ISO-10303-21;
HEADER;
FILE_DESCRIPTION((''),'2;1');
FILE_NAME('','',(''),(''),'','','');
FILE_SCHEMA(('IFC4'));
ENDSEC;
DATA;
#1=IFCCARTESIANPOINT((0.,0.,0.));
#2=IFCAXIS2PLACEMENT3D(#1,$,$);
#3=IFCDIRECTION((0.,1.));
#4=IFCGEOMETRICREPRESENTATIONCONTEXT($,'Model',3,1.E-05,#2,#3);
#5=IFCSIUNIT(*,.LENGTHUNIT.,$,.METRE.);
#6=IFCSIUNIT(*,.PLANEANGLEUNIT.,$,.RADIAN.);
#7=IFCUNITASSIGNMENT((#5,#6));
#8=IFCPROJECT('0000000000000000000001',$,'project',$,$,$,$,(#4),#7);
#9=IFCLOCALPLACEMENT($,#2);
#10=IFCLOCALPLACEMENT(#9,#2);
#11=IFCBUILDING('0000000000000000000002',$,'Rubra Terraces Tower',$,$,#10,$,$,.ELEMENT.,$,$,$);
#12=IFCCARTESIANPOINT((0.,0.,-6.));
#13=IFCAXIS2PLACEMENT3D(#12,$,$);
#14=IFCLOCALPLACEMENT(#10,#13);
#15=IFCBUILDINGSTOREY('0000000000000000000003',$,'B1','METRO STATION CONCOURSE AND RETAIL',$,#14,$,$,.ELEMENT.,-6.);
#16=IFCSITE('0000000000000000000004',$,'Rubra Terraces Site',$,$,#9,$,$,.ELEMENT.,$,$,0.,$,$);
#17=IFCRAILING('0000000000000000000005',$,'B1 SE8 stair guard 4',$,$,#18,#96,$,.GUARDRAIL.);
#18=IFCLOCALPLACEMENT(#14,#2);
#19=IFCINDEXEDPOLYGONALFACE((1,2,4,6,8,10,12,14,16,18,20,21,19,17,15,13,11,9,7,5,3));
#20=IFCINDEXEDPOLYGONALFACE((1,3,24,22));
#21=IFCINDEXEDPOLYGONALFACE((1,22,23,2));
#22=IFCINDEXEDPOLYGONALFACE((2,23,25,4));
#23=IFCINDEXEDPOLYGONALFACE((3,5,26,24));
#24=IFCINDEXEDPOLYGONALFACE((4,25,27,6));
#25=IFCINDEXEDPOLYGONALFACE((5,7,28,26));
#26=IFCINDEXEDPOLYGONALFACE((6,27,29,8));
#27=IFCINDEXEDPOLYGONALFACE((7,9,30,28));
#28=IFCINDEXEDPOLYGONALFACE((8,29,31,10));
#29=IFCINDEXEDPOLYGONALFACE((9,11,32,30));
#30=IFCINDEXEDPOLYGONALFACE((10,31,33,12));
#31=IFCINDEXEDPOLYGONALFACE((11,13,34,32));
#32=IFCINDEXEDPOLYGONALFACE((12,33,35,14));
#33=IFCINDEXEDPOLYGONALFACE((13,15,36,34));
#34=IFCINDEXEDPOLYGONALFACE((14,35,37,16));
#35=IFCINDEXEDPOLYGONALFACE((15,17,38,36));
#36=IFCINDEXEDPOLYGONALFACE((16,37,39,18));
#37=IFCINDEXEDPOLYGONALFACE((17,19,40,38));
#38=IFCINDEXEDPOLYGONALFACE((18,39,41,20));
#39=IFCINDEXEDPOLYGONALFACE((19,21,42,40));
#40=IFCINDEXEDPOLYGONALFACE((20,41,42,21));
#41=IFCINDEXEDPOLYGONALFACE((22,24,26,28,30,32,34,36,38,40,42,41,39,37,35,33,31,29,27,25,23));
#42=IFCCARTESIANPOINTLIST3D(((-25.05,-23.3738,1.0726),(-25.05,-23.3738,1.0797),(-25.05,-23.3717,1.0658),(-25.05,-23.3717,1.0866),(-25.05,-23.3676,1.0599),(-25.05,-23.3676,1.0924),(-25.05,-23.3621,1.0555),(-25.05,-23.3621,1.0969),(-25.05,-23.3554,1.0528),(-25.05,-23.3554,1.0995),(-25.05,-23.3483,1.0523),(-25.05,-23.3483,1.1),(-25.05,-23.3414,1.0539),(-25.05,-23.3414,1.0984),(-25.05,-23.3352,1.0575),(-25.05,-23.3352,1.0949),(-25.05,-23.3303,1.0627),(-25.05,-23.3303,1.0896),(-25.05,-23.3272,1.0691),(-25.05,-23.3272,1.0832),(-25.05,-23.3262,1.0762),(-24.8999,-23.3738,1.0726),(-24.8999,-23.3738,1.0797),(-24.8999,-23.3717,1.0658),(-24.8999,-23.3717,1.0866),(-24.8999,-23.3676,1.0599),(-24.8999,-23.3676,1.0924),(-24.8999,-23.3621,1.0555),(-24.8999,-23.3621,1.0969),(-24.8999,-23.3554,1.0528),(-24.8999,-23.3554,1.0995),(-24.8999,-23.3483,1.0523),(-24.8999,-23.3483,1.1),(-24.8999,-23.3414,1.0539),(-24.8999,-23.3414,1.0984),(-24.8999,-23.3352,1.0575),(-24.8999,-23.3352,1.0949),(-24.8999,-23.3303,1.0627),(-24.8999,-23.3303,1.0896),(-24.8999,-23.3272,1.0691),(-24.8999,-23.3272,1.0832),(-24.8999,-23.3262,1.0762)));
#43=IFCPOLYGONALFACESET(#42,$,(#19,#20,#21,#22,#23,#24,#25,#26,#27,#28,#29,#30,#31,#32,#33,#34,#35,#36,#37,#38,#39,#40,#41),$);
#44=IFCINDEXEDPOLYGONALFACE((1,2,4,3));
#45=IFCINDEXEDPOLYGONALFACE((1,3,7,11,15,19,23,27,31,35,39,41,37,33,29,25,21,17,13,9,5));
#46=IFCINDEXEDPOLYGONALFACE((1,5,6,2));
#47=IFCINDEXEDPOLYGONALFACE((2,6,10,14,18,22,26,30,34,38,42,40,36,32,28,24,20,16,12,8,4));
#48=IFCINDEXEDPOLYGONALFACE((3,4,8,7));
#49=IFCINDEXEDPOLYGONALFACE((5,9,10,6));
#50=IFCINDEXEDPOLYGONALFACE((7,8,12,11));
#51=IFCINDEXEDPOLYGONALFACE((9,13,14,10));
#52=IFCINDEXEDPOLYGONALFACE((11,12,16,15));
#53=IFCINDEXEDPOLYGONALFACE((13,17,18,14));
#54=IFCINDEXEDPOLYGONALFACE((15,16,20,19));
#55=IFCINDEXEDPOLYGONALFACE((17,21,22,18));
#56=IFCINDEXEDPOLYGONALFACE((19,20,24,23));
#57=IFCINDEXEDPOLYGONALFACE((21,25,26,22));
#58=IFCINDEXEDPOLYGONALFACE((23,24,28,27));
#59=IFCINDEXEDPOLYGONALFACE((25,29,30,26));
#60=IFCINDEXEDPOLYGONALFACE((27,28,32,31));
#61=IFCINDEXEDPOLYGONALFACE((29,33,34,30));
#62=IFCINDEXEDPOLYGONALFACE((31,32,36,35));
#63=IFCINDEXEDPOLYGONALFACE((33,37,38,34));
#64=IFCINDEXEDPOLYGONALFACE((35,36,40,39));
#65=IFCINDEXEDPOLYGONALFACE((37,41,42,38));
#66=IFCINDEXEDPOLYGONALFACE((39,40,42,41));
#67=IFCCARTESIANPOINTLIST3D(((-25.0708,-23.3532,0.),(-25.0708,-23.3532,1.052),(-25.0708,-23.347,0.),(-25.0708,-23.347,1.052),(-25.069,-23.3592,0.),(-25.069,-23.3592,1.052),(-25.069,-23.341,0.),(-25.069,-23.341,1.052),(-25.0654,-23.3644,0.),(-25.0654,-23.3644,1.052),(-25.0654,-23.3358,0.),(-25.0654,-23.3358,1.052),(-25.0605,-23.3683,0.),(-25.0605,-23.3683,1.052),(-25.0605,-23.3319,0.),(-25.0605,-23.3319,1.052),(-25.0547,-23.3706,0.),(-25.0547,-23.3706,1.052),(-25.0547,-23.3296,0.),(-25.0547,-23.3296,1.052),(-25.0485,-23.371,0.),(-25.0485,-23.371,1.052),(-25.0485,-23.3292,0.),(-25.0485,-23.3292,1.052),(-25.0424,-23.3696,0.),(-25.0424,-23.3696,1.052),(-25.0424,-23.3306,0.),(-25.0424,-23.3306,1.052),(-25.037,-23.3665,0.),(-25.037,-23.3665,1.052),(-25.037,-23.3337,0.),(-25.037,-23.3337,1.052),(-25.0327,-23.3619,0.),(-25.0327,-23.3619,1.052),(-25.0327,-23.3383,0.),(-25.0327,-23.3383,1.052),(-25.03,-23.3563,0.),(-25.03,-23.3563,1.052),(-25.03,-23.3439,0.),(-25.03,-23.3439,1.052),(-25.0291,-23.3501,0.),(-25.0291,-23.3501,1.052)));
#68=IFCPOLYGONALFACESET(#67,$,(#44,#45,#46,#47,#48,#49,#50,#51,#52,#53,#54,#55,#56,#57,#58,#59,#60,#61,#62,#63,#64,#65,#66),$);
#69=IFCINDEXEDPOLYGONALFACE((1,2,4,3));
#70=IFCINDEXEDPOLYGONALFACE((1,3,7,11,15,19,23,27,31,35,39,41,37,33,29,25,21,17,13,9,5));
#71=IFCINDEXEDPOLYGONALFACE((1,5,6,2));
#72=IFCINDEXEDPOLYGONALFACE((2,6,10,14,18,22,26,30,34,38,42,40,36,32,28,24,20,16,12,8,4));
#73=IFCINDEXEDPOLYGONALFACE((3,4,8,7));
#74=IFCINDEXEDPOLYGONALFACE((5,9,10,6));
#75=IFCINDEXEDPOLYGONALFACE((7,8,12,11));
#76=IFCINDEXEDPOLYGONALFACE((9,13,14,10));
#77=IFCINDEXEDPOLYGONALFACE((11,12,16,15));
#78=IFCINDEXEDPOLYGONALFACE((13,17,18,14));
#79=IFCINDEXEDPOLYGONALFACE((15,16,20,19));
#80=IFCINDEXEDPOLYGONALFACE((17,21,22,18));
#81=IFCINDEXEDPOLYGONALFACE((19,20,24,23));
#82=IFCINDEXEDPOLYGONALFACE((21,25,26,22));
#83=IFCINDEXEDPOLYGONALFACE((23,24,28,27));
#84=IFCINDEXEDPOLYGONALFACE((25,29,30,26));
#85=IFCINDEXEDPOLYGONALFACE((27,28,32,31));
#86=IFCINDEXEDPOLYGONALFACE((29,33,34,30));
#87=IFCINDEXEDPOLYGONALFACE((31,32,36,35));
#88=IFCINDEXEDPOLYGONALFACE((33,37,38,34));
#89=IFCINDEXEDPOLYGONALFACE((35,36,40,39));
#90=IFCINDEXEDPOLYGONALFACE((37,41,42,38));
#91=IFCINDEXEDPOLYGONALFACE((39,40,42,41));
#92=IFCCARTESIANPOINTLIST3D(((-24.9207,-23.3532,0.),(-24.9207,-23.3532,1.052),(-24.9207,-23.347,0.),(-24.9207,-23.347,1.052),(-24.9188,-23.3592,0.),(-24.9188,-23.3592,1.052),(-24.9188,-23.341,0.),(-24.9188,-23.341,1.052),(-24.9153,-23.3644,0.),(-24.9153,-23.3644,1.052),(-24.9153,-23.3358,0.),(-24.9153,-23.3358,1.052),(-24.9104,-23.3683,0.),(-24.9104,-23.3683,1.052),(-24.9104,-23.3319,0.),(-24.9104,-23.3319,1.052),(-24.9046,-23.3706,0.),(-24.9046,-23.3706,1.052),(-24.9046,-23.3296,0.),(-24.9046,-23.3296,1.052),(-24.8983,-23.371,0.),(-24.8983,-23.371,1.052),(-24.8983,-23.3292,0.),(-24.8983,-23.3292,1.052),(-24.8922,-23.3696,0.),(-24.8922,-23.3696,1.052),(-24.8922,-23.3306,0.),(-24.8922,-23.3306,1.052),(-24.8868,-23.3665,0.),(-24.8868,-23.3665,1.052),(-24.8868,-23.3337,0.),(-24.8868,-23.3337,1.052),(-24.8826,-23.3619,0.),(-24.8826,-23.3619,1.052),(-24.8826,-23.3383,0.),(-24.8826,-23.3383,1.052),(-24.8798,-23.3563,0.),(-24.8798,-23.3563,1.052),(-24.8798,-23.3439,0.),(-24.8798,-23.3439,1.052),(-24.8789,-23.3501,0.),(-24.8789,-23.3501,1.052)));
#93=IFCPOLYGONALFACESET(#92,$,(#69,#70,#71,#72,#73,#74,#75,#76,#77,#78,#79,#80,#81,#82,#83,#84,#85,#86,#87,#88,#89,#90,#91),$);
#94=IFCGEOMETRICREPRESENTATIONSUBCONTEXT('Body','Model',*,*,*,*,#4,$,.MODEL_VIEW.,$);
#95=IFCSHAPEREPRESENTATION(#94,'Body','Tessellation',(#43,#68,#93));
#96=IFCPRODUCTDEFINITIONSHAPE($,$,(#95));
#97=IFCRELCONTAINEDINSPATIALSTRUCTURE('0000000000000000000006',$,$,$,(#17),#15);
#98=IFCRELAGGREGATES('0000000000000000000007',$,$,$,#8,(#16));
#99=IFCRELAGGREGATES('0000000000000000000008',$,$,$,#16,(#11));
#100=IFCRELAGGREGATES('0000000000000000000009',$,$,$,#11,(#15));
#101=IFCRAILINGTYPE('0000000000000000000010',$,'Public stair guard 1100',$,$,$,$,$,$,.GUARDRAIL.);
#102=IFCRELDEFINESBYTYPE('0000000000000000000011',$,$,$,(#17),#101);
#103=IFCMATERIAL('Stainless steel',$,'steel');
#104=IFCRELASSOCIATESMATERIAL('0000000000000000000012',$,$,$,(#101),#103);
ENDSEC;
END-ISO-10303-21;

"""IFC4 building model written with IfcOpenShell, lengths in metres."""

from ifc_helpers import new_model, si_unit, direction, frame, origin, origin_2d, place, context, subcontext, project, spatial, circle, extrude, material, type_object, element, save


model = new_model("IFC4")

# Units and contexts
model_context = context("Model", 3, precision=1e-05, world=origin(), true_north=direction((0.0, 1.0)))
body_context = subcontext(model_context, "Body", "Model", "MODEL_VIEW")
ifc_project = project(units=[si_unit("LENGTHUNIT", "METRE"), si_unit("PLANEANGLEUNIT", "RADIAN")], contexts=[model_context])

# Site, building, storey
site_placement = place(None, origin())
site = spatial("IfcSite", under=ifc_project, at=site_placement, Name="Rubra Terraces Site", CompositionType="ELEMENT", RefElevation=0.0)
building_placement = place(site_placement, origin())
building = spatial("IfcBuilding", under=site, at=building_placement, Name="Rubra Terraces Tower", CompositionType="ELEMENT")
storey_placement = place(building_placement, frame((0.0, 0.0, -6.0)))
storey = spatial("IfcBuildingStorey", under=building, at=storey_placement, Name="B1", Description="METRO STATION CONCOURSE AND RETAIL", CompositionType="ELEMENT", Elevation=-6.0)

# Railing
ifc_material_1 = material(Name="Stainless steel", Category="steel")
railing_type_1 = type_object("IfcRailingType", Name="Public stair guard 1100", PredefinedType="GUARDRAIL", material=ifc_material_1)
railing_1_placement = place(storey_placement, frame((-25.05, -23.3501, 0.0)))
element("IfcRailing", 1, at=railing_1_placement, inside=storey, type_object=railing_type_1, Name="B1 SE8 stair guard 4", PredefinedType="GUARDRAIL", context=body_context, shape_type="SweptSolid", body=[
    extrude(circle(Radius=0.0239, at=origin_2d()), frame((0.0, 0.0, 1.0762), z_axis=(1.0, 0.0, 0.0), x_axis=(0.0, 1.0, 0.0)), (0.0, 0.0, 1.0), 0.1501),
    extrude(circle(Radius=0.021, at=origin_2d()), origin(), (0.0, 0.0, 1.0), 1.052),
    extrude(circle(Radius=0.021, at=origin_2d()), frame((0.1501, 0.0, 0.0)), (0.0, 0.0, 1.0), 1.052),
])

save(model, "model.ifc")
